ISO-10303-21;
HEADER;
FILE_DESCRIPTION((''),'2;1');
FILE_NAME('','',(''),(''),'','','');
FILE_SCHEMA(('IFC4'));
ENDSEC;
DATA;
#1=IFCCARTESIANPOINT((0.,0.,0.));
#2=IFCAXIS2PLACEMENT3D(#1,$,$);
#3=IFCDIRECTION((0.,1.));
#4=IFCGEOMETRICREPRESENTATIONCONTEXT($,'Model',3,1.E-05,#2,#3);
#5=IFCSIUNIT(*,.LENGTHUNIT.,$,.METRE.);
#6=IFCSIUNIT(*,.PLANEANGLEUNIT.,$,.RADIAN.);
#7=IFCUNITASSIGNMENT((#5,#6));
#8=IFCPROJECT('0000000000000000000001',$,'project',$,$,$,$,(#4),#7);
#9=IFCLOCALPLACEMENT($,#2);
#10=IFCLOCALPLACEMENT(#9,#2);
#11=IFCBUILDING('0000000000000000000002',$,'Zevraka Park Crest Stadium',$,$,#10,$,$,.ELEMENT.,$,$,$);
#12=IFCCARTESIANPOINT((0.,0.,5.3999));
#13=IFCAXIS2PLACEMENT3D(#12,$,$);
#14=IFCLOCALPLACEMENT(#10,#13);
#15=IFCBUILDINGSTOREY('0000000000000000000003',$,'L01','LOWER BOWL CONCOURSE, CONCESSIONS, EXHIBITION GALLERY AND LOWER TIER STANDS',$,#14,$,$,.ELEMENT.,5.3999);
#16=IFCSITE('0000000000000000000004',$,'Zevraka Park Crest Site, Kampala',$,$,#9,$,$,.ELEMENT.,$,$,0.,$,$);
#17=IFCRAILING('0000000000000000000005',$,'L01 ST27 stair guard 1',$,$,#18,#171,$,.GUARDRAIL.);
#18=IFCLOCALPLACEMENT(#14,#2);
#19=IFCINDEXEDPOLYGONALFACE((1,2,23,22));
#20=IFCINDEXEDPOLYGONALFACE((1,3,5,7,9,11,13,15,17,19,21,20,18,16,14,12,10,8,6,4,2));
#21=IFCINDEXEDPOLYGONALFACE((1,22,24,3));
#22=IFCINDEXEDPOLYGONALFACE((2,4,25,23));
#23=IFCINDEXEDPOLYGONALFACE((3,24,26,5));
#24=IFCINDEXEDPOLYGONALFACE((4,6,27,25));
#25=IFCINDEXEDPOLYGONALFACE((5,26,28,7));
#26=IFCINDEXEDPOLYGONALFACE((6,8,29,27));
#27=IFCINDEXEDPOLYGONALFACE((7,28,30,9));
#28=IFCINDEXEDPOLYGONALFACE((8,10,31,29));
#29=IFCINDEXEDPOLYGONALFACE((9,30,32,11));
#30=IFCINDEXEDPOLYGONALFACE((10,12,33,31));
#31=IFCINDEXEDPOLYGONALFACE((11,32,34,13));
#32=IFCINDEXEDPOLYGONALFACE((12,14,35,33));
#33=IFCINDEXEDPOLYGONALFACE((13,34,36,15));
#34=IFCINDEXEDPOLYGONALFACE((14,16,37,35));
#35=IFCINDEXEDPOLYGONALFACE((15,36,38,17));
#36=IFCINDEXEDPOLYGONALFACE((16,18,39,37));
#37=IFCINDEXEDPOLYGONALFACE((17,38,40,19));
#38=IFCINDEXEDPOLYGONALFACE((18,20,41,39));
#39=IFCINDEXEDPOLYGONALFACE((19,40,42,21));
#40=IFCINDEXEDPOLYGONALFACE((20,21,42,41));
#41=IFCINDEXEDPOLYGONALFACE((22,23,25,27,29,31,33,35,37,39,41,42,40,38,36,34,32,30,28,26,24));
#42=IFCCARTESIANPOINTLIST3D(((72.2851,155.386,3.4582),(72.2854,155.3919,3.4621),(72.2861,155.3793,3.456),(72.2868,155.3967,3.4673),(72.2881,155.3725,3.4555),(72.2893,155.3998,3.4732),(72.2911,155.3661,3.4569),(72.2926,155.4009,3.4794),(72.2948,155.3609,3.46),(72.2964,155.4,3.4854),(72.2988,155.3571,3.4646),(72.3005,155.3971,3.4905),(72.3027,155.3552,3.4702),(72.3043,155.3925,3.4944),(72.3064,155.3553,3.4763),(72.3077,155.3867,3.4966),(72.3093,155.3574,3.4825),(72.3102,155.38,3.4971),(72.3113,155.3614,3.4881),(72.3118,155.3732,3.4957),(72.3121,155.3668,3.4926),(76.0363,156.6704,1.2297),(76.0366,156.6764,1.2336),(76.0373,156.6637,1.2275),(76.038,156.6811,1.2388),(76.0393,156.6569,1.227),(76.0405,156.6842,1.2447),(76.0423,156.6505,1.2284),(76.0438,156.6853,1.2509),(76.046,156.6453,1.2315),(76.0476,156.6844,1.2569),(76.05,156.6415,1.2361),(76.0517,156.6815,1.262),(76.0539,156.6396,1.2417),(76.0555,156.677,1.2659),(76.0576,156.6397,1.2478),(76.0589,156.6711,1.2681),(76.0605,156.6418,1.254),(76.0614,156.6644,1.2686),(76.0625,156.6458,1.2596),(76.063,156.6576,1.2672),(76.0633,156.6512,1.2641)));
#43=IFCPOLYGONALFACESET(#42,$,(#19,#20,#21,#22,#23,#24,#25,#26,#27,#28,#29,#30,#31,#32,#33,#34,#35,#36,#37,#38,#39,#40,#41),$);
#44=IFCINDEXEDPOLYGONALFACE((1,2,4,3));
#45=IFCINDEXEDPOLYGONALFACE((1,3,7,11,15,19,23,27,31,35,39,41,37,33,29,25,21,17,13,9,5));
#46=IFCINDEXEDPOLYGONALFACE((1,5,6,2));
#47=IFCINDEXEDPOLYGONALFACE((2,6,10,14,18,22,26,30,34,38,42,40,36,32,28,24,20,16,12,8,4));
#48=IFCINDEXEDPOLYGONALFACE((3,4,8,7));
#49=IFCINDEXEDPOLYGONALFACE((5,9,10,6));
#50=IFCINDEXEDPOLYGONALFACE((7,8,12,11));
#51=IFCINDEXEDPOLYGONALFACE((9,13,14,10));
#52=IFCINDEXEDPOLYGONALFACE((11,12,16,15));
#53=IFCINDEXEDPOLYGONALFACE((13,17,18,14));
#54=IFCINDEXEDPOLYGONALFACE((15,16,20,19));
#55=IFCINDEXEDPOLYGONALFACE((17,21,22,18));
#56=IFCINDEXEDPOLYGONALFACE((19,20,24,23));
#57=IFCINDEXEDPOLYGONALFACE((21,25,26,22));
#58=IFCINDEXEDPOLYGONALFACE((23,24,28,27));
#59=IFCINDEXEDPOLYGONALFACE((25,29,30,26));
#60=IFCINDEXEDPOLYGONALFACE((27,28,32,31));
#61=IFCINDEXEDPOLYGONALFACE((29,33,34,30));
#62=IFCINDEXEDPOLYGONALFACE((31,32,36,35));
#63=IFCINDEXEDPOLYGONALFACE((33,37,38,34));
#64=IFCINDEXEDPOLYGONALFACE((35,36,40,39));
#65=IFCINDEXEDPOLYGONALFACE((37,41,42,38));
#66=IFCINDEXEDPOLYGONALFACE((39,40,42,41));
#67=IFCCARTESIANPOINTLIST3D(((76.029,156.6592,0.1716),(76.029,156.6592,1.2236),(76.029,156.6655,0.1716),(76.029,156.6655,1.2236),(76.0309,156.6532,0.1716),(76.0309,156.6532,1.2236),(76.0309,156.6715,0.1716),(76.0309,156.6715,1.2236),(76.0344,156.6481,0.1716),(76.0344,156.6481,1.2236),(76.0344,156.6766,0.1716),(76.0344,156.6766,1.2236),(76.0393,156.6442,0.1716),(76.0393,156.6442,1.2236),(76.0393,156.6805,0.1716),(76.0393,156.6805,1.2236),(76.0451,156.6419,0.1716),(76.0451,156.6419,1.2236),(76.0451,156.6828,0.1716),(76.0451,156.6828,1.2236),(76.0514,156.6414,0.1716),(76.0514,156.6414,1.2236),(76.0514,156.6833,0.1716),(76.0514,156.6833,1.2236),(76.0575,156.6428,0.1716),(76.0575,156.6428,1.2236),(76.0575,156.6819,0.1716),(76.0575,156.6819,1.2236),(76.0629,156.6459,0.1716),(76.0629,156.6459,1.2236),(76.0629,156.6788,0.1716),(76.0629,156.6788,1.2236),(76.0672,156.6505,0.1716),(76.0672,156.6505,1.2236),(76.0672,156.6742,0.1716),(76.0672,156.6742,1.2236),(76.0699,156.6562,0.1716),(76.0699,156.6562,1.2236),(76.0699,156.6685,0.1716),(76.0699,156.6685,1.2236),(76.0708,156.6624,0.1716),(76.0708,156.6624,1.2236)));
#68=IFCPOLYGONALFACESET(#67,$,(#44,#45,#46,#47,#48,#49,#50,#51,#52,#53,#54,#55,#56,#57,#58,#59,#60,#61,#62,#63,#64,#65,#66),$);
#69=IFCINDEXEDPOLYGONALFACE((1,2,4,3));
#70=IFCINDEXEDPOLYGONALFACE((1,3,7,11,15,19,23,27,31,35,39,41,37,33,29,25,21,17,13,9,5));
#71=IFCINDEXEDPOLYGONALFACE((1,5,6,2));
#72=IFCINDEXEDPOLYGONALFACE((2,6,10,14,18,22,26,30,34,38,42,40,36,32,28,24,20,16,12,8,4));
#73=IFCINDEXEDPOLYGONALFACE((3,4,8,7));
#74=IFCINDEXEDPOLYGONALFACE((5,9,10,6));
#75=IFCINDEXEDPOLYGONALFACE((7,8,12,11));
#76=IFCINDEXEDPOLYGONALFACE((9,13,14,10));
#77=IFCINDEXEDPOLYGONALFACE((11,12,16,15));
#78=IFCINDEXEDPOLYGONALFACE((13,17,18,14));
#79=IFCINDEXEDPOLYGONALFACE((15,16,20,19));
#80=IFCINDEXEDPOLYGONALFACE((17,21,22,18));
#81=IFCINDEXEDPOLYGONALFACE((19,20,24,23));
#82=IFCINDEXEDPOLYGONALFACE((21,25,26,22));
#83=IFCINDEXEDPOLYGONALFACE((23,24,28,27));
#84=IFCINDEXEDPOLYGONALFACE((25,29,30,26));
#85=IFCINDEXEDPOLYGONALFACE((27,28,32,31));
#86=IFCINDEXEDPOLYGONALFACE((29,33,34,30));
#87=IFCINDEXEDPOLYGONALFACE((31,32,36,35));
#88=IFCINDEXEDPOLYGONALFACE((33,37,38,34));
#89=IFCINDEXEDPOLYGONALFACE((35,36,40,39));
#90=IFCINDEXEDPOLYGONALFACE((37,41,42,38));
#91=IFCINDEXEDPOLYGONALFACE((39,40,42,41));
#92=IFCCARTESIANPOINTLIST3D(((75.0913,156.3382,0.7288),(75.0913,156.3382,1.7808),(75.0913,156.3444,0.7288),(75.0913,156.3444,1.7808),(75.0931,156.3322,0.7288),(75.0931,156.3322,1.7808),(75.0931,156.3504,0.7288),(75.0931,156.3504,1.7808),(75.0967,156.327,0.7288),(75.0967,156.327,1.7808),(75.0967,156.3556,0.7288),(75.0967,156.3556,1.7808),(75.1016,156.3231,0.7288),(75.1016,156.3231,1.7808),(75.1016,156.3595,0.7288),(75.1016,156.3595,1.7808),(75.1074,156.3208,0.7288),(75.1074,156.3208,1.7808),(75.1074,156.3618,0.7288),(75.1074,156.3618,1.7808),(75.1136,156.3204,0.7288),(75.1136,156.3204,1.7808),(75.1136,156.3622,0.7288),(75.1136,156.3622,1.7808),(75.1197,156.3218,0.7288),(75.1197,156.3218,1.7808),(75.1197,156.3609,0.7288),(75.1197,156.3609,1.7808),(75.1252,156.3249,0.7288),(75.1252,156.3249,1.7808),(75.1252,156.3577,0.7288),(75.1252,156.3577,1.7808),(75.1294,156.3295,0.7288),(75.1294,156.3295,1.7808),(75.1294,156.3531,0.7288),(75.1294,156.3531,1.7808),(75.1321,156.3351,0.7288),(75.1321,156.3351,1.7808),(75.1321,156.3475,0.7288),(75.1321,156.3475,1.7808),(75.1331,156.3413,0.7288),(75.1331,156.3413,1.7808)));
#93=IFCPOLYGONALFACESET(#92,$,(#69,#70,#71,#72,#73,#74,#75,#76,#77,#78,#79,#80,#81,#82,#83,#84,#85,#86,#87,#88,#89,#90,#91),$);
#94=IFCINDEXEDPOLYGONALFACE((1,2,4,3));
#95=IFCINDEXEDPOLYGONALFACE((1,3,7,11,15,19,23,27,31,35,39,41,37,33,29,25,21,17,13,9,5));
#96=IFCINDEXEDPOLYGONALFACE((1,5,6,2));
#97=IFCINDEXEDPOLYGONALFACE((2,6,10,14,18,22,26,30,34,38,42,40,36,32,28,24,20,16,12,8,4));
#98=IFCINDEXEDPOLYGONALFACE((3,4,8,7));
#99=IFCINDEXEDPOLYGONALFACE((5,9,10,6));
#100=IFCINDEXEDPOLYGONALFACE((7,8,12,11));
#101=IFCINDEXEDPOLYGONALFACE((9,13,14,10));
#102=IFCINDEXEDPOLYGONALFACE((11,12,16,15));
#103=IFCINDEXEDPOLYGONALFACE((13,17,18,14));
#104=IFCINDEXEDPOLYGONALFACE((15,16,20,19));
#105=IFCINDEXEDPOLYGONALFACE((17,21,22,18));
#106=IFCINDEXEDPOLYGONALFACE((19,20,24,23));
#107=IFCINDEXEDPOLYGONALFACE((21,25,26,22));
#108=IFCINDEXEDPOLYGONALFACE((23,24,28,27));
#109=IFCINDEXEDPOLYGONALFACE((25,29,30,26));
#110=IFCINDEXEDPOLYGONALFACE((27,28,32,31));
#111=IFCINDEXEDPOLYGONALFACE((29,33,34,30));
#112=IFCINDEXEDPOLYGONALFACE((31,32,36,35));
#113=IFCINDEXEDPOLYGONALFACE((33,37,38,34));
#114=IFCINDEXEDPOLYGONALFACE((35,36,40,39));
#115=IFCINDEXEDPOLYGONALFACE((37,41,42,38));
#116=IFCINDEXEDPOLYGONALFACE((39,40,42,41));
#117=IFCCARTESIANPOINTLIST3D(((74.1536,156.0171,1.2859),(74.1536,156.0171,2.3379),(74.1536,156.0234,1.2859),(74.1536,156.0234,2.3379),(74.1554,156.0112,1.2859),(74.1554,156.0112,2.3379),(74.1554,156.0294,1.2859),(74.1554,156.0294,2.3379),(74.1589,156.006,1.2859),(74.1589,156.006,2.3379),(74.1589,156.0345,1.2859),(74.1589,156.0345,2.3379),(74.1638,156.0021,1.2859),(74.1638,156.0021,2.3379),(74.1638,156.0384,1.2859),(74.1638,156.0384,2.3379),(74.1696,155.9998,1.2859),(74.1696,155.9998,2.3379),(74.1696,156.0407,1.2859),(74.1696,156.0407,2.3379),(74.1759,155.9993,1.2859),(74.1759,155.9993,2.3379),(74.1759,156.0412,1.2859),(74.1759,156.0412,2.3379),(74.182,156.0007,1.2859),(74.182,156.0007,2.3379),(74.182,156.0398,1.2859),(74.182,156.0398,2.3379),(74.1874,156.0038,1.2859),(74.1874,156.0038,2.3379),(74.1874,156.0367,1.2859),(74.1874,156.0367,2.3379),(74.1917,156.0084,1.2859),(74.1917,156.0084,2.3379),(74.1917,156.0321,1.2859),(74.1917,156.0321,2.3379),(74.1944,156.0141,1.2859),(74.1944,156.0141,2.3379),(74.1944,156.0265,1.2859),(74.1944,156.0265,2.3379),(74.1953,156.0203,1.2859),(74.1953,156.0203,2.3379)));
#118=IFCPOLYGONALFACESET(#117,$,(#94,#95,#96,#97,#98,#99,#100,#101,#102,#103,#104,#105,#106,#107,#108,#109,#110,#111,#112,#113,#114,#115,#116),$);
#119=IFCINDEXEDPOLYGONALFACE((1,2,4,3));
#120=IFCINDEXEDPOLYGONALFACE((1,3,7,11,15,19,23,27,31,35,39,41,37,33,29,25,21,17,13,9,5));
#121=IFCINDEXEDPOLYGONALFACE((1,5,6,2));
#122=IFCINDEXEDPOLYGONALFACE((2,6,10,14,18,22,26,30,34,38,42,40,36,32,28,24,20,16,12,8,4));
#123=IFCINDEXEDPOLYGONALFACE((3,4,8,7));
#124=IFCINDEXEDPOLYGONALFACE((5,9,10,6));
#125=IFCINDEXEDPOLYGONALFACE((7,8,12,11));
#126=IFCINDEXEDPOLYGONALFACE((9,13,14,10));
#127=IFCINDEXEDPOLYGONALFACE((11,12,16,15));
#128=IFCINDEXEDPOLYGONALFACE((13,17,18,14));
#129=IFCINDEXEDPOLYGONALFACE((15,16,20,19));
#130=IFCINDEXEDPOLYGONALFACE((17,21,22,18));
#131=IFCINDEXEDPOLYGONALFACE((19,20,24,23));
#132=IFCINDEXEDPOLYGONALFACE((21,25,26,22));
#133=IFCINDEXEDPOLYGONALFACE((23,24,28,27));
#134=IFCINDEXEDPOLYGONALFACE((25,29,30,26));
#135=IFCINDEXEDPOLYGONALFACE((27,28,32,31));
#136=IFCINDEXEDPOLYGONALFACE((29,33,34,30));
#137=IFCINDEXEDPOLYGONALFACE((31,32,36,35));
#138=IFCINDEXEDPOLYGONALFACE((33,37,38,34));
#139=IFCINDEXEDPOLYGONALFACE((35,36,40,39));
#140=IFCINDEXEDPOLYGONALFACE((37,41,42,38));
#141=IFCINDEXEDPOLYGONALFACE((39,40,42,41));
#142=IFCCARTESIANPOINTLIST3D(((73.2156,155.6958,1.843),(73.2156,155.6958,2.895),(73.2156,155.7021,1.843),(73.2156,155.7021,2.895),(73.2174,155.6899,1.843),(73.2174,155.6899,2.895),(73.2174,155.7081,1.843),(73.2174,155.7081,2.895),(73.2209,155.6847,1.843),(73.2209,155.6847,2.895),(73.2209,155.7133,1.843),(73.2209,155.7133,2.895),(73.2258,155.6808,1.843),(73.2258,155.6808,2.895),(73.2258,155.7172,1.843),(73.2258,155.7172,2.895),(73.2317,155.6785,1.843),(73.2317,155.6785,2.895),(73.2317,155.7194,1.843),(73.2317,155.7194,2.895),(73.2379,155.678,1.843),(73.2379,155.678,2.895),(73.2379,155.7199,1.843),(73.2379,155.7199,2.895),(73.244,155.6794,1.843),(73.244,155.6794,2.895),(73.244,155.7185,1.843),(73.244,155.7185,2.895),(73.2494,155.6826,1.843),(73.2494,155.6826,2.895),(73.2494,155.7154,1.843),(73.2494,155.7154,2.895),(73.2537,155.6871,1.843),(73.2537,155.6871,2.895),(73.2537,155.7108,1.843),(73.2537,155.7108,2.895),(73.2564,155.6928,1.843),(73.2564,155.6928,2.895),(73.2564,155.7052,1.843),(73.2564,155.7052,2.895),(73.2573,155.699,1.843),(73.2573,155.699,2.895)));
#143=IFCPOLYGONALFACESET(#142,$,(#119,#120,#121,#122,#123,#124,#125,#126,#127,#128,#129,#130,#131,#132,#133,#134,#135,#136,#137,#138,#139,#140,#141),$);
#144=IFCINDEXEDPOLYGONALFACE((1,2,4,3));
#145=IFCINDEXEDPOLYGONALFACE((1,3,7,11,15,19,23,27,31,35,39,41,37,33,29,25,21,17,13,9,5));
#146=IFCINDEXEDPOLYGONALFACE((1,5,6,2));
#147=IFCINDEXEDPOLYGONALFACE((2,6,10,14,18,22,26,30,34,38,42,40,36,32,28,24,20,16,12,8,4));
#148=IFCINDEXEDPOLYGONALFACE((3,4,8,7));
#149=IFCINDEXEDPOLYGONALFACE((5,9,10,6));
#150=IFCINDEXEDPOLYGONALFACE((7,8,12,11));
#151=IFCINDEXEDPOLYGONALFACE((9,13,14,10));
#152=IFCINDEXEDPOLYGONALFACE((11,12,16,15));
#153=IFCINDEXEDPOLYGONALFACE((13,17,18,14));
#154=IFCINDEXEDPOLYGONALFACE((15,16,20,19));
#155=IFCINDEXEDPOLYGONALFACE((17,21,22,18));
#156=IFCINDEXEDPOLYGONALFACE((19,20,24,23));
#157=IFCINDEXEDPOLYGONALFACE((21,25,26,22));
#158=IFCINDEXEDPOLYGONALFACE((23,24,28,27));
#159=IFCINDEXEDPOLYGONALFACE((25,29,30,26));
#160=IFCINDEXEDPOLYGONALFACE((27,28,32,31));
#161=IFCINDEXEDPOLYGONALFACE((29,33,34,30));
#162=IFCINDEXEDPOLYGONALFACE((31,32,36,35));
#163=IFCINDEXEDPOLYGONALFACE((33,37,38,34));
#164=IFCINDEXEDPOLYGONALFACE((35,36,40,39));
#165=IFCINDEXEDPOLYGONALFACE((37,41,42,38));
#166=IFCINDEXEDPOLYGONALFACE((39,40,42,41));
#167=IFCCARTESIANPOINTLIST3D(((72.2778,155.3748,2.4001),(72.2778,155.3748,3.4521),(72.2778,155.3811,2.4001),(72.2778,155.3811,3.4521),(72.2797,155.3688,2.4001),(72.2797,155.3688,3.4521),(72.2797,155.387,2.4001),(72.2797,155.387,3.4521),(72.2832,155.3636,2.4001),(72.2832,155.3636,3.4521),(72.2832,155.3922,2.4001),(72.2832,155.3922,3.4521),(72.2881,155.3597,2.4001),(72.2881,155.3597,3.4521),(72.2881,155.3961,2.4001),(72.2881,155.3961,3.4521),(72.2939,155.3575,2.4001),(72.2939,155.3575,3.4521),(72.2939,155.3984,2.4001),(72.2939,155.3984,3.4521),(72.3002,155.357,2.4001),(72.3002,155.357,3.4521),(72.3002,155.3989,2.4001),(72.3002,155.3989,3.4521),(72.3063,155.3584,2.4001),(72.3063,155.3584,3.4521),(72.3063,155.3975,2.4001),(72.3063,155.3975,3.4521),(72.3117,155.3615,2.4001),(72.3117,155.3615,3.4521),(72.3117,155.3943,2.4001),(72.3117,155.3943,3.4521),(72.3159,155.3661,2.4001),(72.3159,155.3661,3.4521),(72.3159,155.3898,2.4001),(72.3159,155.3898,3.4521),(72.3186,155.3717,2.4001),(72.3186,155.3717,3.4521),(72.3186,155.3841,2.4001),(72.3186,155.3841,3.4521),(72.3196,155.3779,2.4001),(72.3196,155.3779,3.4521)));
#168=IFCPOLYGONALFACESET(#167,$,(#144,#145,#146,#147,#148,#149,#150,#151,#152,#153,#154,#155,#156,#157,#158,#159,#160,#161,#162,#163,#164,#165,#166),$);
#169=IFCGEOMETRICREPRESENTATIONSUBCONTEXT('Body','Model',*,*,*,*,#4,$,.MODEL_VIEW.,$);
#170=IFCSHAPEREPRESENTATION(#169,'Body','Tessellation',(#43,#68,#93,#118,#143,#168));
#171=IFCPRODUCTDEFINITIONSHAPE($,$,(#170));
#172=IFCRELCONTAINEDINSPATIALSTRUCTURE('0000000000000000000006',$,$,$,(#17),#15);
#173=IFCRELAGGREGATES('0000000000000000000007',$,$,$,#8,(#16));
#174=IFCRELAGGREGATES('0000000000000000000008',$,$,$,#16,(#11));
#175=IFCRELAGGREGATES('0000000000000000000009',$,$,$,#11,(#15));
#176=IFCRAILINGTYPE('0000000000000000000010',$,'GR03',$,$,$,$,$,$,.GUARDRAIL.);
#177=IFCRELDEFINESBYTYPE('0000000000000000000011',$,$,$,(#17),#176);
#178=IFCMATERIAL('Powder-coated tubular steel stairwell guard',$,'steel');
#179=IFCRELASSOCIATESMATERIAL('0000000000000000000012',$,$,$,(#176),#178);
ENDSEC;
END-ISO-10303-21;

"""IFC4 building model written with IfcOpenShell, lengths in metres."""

from ifc_helpers import new_model, si_unit, direction, frame, origin, origin_2d, place, context, subcontext, project, spatial, circle, extrude, material, type_object, element, save


model = new_model("IFC4")

# Units and contexts
model_context = context("Model", 3, precision=1e-05, world=origin(), true_north=direction((0.0, 1.0)))
body_context = subcontext(model_context, "Body", "Model", "MODEL_VIEW")
ifc_project = project(units=[si_unit("LENGTHUNIT", "METRE"), si_unit("PLANEANGLEUNIT", "RADIAN")], contexts=[model_context])

# Site, building, storey
site_placement = place(None, origin())
site = spatial("IfcSite", under=ifc_project, at=site_placement, Name="Zevraka Park Crest Site, Kampala", CompositionType="ELEMENT", RefElevation=0.0)
building_placement = place(site_placement, origin())
building = spatial("IfcBuilding", under=site, at=building_placement, Name="Zevraka Park Crest Stadium", CompositionType="ELEMENT")
storey_placement = place(building_placement, frame((0.0, 0.0, 5.3999)))
storey = spatial("IfcBuildingStorey", under=building, at=storey_placement, Name="L01", Description="LOWER BOWL CONCOURSE, CONCESSIONS, EXHIBITION GALLERY AND LOWER TIER STANDS", CompositionType="ELEMENT", Elevation=5.3999)

# Railing
ifc_material_1 = material(Name="Powder-coated tubular steel stairwell guard", Category="steel")
railing_type_1 = type_object("IfcRailingType", Name="GR03", PredefinedType="GUARDRAIL", material=ifc_material_1)
railing_1_placement = place(storey_placement, frame((76.0498, 156.6624, 0.1716)))
element("IfcRailing", 1, at=railing_1_placement, inside=storey, type_object=railing_type_1, Name="L01 ST27 stair guard 1", PredefinedType="GUARDRAIL", context=body_context, shape_type="SweptSolid", body=[
    extrude(circle(Radius=0.0239, at=origin_2d()), frame((0.0, 0.0, 1.0762), z_axis=(-0.824739, -0.282392, 0.489959), x_axis=(0.323939, -0.946078, 0.0)), (0.0, 0.0, 1.0), 4.5483),
    extrude(circle(Radius=0.021, at=origin_2d()), origin(), (0.0, 0.0, 1.0), 1.052),
    extrude(circle(Radius=0.021, at=origin_2d()), frame((-0.9377, -0.321, 0.5571)), (0.0, 0.0, 1.0), 1.052),
    extrude(circle(Radius=0.021, at=origin_2d()), frame((-1.8755, -0.6421, 1.1143)), (0.0, 0.0, 1.0), 1.052),
    extrude(circle(Radius=0.021, at=origin_2d()), frame((-2.8135, -0.9634, 1.6714)), (0.0, 0.0, 1.0), 1.052),
    extrude(circle(Radius=0.021, at=origin_2d()), frame((-3.7512, -1.2844, 2.2285)), (0.0, 0.0, 1.0), 1.052),
])

save(model, "model.ifc")
